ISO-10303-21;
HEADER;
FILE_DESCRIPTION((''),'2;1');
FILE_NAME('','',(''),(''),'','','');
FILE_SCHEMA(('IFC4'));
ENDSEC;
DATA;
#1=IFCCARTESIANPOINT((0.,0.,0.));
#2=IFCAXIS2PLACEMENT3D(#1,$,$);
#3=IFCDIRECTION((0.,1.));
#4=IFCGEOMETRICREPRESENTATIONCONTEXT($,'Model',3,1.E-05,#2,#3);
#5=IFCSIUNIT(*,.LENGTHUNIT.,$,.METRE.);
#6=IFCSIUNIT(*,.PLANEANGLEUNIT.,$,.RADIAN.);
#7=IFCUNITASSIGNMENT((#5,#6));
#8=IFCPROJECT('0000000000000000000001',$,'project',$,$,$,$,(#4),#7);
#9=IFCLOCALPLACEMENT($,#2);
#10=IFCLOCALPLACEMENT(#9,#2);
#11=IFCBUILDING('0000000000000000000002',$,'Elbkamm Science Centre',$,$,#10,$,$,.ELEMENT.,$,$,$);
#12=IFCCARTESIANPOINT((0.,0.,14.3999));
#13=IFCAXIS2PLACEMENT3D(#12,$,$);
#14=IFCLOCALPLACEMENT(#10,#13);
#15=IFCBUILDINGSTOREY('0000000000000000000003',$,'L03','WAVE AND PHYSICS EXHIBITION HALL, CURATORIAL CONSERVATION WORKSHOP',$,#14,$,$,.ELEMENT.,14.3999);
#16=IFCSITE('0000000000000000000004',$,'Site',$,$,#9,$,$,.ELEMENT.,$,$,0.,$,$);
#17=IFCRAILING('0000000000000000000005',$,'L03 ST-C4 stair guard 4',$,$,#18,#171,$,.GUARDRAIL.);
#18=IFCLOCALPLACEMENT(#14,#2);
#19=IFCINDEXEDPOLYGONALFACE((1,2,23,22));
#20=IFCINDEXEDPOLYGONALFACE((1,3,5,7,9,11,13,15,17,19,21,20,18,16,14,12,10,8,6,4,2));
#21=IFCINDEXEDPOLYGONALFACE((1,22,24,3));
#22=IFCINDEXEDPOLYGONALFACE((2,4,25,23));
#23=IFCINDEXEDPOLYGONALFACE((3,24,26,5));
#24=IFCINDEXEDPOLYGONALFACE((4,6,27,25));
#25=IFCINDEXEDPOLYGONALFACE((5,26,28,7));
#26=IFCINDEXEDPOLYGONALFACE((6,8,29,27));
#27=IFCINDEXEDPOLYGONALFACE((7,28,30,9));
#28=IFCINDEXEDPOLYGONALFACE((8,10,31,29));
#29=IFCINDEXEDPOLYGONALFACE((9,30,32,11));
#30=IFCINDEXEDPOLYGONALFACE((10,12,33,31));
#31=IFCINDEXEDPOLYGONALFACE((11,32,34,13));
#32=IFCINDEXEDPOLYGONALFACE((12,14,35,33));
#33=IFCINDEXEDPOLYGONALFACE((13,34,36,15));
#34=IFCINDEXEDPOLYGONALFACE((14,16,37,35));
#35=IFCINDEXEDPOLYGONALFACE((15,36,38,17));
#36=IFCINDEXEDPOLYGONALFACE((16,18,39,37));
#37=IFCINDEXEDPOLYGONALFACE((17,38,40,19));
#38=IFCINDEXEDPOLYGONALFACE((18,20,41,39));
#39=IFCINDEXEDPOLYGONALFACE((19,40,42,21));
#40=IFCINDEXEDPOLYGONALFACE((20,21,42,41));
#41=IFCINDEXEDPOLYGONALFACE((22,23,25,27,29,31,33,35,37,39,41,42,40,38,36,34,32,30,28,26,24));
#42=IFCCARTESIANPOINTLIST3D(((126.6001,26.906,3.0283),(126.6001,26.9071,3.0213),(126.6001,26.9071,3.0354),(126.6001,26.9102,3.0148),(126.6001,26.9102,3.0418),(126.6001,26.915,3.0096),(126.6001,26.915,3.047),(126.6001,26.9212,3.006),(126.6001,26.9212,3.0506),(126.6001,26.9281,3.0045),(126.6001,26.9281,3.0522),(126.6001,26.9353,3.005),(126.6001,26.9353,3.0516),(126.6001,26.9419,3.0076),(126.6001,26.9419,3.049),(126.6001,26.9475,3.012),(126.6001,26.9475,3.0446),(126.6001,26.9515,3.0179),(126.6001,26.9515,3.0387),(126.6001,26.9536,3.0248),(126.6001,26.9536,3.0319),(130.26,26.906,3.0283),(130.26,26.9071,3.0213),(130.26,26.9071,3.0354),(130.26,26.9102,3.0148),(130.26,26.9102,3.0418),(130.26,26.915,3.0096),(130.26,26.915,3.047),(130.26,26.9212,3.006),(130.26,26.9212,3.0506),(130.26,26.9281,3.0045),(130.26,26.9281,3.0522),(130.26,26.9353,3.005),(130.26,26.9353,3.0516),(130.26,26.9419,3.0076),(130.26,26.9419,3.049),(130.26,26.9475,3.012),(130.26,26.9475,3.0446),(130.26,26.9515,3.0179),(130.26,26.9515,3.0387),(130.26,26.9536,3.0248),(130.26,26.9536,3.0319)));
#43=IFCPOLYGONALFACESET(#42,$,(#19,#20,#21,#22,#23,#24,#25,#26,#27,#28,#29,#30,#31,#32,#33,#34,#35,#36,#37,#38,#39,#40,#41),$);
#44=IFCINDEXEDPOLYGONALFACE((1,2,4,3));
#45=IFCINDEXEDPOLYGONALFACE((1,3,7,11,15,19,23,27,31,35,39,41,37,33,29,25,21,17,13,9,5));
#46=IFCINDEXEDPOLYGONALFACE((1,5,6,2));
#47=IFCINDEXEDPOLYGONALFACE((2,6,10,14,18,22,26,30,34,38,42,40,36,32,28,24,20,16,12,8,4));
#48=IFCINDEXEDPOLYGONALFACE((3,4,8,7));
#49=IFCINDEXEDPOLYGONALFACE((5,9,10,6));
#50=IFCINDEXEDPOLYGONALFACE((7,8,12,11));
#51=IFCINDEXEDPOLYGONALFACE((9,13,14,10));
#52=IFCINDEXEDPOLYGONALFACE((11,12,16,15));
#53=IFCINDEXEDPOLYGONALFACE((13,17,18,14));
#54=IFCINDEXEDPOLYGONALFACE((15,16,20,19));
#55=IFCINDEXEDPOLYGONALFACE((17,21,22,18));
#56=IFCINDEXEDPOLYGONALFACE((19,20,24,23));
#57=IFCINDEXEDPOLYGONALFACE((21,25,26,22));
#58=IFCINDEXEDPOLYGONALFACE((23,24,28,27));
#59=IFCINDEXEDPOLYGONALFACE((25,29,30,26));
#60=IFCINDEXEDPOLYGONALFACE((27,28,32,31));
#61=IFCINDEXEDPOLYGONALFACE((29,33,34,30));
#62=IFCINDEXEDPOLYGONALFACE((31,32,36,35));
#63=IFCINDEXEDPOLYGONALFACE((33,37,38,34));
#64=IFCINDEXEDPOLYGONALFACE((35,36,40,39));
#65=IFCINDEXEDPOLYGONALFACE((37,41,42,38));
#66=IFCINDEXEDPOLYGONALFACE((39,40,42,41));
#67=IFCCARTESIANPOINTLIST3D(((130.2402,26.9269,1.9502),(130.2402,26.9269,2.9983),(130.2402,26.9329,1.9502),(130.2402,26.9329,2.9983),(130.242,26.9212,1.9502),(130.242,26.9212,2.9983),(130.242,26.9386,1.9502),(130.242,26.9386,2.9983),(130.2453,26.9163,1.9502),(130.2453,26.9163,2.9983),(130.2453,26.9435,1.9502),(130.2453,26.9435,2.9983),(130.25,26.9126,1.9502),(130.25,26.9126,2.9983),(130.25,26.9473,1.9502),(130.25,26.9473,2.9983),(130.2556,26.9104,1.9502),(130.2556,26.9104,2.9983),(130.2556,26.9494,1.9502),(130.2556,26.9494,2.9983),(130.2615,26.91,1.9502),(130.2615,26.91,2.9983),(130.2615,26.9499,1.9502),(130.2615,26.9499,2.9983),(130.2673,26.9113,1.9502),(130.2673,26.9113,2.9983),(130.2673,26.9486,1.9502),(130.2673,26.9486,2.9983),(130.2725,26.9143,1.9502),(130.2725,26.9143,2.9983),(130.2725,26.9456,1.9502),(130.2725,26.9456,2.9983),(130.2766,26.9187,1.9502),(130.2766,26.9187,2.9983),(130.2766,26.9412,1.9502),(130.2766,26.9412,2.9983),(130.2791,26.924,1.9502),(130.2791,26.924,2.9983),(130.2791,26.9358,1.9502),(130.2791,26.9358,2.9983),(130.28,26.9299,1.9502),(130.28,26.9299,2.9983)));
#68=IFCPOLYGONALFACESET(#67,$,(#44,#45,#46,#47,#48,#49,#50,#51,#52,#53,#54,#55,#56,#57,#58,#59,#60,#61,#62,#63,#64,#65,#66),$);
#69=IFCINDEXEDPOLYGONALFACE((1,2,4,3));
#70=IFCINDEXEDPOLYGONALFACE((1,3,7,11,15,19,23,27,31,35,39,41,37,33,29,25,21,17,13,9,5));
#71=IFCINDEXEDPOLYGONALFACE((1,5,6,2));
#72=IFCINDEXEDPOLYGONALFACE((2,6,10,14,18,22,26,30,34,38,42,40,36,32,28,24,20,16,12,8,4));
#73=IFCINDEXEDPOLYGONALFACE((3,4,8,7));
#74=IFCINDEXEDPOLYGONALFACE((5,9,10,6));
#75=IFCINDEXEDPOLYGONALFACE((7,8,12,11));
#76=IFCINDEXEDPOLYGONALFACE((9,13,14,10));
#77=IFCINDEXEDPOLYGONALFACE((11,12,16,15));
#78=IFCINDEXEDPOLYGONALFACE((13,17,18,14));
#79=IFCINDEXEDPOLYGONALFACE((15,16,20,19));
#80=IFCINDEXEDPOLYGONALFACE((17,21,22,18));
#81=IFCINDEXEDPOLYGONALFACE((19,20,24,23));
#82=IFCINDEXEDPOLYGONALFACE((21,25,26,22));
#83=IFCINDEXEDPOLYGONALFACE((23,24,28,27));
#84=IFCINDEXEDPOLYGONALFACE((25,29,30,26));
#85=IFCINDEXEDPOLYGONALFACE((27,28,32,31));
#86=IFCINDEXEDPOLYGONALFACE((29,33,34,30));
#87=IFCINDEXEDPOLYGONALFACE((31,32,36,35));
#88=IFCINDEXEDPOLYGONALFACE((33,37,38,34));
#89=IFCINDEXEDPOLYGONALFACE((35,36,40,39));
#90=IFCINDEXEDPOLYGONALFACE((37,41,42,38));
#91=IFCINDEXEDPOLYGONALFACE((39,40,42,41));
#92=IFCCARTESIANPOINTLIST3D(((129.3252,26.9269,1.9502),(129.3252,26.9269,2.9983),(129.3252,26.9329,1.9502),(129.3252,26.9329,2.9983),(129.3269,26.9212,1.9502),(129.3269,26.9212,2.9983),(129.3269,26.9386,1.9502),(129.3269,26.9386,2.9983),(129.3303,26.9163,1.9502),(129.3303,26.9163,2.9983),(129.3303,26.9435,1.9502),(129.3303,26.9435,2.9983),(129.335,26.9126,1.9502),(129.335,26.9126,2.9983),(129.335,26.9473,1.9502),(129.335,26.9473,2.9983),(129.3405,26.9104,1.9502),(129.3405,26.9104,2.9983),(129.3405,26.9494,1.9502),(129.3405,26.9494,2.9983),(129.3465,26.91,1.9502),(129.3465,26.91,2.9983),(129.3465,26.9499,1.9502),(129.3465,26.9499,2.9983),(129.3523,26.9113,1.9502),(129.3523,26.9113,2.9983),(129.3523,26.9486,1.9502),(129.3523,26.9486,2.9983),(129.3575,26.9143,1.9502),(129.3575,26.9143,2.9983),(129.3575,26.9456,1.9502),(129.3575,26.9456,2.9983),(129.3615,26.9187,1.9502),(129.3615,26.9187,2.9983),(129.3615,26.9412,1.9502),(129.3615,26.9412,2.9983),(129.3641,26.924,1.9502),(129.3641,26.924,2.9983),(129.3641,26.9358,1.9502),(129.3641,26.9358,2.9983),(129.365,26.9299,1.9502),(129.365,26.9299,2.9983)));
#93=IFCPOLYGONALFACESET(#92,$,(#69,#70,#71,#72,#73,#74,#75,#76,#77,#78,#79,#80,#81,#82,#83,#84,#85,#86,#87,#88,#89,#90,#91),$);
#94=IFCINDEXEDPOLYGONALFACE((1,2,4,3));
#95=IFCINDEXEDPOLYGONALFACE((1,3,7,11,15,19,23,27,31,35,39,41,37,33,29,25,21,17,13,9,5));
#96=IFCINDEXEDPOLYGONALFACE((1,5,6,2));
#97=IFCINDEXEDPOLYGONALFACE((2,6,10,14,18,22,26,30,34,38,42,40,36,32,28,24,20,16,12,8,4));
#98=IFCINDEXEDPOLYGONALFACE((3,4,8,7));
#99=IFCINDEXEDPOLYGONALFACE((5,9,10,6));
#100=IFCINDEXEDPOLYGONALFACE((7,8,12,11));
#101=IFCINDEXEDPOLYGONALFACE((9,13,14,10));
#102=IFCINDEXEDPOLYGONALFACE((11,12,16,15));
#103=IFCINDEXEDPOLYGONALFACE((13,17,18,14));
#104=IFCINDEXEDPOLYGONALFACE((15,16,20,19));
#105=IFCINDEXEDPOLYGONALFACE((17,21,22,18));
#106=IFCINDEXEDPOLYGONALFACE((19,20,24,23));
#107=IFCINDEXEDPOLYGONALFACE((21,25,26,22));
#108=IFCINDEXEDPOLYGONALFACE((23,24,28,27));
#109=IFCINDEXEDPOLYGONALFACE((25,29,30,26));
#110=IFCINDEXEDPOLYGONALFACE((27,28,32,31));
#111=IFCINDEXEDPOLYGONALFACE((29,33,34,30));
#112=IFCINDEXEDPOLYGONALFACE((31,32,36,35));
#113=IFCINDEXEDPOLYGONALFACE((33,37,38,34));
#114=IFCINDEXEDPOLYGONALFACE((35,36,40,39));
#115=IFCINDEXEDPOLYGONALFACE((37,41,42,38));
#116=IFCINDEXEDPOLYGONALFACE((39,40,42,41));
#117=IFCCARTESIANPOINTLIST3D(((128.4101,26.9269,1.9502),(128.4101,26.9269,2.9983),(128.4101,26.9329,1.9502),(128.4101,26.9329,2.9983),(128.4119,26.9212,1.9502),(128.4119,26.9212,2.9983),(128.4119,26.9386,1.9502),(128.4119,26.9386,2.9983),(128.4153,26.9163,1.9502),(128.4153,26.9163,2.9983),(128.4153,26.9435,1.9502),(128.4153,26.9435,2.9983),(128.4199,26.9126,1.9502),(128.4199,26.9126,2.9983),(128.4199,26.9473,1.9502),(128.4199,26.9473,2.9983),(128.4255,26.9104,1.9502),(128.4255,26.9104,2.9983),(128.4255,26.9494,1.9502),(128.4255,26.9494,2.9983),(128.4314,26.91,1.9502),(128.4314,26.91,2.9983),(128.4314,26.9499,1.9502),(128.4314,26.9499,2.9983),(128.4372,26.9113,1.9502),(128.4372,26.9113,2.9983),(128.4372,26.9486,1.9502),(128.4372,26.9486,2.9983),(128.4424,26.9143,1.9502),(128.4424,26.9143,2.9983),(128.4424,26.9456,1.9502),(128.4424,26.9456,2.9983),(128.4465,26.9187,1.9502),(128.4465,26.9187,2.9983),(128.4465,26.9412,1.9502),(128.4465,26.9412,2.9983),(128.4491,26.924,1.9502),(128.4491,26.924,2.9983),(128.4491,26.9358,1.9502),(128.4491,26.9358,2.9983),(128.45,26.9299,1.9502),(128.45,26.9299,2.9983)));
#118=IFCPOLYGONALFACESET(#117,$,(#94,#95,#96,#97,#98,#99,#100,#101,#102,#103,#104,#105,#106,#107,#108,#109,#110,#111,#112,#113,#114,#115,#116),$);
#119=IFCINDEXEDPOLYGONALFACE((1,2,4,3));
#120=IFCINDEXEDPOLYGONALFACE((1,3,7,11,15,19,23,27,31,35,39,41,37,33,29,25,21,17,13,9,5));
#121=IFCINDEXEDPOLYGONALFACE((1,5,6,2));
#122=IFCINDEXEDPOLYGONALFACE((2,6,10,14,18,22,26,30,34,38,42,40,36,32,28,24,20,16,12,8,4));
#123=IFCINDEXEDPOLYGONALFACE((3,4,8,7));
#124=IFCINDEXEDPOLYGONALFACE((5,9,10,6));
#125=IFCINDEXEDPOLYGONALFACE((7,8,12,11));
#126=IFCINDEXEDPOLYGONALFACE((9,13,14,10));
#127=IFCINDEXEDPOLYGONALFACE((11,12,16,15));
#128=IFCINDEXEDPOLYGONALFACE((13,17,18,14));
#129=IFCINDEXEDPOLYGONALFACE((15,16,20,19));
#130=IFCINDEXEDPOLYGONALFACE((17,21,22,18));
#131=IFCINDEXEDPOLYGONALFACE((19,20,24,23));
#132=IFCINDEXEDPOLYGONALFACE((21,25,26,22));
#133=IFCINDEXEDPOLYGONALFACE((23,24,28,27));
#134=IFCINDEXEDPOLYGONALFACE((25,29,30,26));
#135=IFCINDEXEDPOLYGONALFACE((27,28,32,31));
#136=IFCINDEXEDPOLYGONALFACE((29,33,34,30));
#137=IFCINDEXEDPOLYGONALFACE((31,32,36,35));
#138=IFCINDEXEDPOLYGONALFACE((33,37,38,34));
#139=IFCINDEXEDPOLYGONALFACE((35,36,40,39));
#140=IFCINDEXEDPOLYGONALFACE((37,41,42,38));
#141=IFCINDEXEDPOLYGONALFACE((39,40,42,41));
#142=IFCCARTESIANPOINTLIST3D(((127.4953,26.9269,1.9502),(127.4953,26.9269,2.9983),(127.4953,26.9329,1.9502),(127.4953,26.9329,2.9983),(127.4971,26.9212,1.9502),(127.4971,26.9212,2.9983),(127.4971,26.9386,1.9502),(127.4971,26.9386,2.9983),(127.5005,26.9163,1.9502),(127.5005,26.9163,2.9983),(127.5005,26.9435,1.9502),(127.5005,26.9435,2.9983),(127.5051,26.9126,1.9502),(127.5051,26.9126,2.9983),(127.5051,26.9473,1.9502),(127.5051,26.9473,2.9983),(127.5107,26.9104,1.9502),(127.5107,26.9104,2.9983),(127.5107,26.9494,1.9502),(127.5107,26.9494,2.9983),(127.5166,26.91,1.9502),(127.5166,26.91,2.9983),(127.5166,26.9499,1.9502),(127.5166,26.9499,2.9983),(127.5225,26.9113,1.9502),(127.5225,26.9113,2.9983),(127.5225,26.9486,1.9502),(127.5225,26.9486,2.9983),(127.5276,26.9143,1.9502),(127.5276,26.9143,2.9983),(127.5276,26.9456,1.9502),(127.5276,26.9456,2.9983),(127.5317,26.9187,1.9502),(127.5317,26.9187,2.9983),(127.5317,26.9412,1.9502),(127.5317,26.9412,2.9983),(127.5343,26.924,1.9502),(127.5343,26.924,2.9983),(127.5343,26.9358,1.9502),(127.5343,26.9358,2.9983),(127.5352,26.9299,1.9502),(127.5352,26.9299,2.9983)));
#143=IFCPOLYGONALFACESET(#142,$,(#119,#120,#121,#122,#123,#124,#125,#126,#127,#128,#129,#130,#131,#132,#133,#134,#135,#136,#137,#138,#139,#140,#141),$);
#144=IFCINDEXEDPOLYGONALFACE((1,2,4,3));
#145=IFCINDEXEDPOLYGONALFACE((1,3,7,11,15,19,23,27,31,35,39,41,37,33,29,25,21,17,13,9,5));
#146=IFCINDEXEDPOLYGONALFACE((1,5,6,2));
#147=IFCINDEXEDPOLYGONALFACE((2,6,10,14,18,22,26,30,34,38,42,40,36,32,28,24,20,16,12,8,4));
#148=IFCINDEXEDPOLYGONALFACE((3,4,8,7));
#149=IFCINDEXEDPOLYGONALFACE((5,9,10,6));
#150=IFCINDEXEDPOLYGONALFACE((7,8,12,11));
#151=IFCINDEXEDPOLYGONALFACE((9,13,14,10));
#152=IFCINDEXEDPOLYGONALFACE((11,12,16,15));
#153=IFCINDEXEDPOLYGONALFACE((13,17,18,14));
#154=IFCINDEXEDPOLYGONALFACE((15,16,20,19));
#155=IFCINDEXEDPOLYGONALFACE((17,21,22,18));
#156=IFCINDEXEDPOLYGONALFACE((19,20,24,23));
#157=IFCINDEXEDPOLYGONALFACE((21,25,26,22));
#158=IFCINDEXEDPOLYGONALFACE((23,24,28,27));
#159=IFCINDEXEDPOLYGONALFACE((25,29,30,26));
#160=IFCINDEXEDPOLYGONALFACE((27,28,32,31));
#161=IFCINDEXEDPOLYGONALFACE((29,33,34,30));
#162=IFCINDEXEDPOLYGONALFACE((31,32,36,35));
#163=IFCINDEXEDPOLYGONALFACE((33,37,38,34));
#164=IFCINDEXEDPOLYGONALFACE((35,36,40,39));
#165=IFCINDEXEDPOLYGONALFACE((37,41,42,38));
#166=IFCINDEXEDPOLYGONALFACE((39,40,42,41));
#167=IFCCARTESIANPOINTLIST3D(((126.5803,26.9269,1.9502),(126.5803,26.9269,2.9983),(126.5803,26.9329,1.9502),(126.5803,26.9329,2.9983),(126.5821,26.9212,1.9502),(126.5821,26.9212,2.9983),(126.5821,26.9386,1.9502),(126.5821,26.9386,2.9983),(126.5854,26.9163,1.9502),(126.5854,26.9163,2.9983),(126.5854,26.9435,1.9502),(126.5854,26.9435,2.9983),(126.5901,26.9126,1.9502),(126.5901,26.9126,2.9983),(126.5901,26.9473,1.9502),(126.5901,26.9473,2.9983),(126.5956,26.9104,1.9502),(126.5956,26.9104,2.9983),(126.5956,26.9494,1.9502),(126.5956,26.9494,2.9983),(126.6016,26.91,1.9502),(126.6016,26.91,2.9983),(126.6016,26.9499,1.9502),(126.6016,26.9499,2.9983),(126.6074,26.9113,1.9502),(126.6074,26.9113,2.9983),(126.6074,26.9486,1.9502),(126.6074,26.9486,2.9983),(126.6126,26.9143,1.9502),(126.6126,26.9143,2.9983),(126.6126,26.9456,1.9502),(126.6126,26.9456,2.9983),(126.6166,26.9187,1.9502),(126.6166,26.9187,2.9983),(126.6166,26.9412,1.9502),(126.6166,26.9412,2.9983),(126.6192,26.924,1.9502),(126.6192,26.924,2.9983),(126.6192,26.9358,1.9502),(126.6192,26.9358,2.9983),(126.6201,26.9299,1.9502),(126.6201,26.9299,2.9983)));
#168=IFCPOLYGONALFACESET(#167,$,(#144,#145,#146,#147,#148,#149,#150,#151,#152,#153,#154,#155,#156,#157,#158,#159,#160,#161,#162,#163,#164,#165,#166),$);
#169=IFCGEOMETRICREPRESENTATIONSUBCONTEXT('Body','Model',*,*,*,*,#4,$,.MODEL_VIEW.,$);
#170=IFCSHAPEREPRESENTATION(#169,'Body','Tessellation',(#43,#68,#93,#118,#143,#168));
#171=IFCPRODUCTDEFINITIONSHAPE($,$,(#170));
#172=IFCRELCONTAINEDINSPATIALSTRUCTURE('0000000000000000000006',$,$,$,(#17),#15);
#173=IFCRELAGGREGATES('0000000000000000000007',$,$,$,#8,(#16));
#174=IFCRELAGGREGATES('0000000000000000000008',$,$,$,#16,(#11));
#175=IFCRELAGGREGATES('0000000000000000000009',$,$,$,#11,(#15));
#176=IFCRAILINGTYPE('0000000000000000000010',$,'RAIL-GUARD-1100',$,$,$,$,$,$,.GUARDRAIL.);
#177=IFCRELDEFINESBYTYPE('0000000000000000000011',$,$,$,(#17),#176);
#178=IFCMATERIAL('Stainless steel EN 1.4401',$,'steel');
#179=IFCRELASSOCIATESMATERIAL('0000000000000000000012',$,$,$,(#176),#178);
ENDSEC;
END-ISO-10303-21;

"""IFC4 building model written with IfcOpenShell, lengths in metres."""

from ifc_helpers import new_model, si_unit, direction, frame, origin, origin_2d, place, context, subcontext, project, spatial, circle, extrude, material, type_object, element, save


model = new_model("IFC4")

# Units and contexts
model_context = context("Model", 3, precision=1e-05, world=origin(), true_north=direction((0.0, 1.0)))
body_context = subcontext(model_context, "Body", "Model", "MODEL_VIEW")
ifc_project = project(units=[si_unit("LENGTHUNIT", "METRE"), si_unit("PLANEANGLEUNIT", "RADIAN")], contexts=[model_context])

# Site, building, storey
site_placement = place(None, origin())
site = spatial("IfcSite", under=ifc_project, at=site_placement, Name="Site", CompositionType="ELEMENT", RefElevation=0.0)
building_placement = place(site_placement, origin())
building = spatial("IfcBuilding", under=site, at=building_placement, Name="Elbkamm Science Centre", CompositionType="ELEMENT")
storey_placement = place(building_placement, frame((0.0, 0.0, 14.3999)))
storey = spatial("IfcBuildingStorey", under=building, at=storey_placement, Name="L03", Description="WAVE AND PHYSICS EXHIBITION HALL, CURATORIAL CONSERVATION WORKSHOP", CompositionType="ELEMENT", Elevation=14.3999)

# Railing
ifc_material_1 = material(Name="Stainless steel EN 1.4401", Category="steel")
railing_type_1 = type_object("IfcRailingType", Name="RAIL-GUARD-1100", PredefinedType="GUARDRAIL", material=ifc_material_1)
railing_1_placement = place(storey_placement, frame((130.26, 26.9299, 1.9502)))
element("IfcRailing", 1, at=railing_1_placement, inside=storey, type_object=railing_type_1, Name="L03 ST-C4 stair guard 4", PredefinedType="GUARDRAIL", context=body_context, shape_type="SweptSolid", body=[
    extrude(circle(Radius=0.0239, at=origin_2d()), frame((0.0, 0.0, 1.0781), z_axis=(-1.0, 0.0, 0.0), x_axis=(0.0, -1.0, 0.0)), (0.0, 0.0, 1.0), 3.6599),
    extrude(circle(Radius=0.02, at=origin_2d()), origin(), (0.0, 0.0, 1.0), 1.0481),
    extrude(circle(Radius=0.02, at=origin_2d()), frame((-0.915, 0.0, 0.0)), (0.0, 0.0, 1.0), 1.0481),
    extrude(circle(Radius=0.02, at=origin_2d()), frame((-1.8301, 0.0, 0.0)), (0.0, 0.0, 1.0), 1.0481),
    extrude(circle(Radius=0.02, at=origin_2d()), frame((-2.7449, 0.0, 0.0)), (0.0, 0.0, 1.0), 1.0481),
    extrude(circle(Radius=0.02, at=origin_2d()), frame((-3.6599, 0.0, 0.0)), (0.0, 0.0, 1.0), 1.0481),
])

save(model, "model.ifc")
